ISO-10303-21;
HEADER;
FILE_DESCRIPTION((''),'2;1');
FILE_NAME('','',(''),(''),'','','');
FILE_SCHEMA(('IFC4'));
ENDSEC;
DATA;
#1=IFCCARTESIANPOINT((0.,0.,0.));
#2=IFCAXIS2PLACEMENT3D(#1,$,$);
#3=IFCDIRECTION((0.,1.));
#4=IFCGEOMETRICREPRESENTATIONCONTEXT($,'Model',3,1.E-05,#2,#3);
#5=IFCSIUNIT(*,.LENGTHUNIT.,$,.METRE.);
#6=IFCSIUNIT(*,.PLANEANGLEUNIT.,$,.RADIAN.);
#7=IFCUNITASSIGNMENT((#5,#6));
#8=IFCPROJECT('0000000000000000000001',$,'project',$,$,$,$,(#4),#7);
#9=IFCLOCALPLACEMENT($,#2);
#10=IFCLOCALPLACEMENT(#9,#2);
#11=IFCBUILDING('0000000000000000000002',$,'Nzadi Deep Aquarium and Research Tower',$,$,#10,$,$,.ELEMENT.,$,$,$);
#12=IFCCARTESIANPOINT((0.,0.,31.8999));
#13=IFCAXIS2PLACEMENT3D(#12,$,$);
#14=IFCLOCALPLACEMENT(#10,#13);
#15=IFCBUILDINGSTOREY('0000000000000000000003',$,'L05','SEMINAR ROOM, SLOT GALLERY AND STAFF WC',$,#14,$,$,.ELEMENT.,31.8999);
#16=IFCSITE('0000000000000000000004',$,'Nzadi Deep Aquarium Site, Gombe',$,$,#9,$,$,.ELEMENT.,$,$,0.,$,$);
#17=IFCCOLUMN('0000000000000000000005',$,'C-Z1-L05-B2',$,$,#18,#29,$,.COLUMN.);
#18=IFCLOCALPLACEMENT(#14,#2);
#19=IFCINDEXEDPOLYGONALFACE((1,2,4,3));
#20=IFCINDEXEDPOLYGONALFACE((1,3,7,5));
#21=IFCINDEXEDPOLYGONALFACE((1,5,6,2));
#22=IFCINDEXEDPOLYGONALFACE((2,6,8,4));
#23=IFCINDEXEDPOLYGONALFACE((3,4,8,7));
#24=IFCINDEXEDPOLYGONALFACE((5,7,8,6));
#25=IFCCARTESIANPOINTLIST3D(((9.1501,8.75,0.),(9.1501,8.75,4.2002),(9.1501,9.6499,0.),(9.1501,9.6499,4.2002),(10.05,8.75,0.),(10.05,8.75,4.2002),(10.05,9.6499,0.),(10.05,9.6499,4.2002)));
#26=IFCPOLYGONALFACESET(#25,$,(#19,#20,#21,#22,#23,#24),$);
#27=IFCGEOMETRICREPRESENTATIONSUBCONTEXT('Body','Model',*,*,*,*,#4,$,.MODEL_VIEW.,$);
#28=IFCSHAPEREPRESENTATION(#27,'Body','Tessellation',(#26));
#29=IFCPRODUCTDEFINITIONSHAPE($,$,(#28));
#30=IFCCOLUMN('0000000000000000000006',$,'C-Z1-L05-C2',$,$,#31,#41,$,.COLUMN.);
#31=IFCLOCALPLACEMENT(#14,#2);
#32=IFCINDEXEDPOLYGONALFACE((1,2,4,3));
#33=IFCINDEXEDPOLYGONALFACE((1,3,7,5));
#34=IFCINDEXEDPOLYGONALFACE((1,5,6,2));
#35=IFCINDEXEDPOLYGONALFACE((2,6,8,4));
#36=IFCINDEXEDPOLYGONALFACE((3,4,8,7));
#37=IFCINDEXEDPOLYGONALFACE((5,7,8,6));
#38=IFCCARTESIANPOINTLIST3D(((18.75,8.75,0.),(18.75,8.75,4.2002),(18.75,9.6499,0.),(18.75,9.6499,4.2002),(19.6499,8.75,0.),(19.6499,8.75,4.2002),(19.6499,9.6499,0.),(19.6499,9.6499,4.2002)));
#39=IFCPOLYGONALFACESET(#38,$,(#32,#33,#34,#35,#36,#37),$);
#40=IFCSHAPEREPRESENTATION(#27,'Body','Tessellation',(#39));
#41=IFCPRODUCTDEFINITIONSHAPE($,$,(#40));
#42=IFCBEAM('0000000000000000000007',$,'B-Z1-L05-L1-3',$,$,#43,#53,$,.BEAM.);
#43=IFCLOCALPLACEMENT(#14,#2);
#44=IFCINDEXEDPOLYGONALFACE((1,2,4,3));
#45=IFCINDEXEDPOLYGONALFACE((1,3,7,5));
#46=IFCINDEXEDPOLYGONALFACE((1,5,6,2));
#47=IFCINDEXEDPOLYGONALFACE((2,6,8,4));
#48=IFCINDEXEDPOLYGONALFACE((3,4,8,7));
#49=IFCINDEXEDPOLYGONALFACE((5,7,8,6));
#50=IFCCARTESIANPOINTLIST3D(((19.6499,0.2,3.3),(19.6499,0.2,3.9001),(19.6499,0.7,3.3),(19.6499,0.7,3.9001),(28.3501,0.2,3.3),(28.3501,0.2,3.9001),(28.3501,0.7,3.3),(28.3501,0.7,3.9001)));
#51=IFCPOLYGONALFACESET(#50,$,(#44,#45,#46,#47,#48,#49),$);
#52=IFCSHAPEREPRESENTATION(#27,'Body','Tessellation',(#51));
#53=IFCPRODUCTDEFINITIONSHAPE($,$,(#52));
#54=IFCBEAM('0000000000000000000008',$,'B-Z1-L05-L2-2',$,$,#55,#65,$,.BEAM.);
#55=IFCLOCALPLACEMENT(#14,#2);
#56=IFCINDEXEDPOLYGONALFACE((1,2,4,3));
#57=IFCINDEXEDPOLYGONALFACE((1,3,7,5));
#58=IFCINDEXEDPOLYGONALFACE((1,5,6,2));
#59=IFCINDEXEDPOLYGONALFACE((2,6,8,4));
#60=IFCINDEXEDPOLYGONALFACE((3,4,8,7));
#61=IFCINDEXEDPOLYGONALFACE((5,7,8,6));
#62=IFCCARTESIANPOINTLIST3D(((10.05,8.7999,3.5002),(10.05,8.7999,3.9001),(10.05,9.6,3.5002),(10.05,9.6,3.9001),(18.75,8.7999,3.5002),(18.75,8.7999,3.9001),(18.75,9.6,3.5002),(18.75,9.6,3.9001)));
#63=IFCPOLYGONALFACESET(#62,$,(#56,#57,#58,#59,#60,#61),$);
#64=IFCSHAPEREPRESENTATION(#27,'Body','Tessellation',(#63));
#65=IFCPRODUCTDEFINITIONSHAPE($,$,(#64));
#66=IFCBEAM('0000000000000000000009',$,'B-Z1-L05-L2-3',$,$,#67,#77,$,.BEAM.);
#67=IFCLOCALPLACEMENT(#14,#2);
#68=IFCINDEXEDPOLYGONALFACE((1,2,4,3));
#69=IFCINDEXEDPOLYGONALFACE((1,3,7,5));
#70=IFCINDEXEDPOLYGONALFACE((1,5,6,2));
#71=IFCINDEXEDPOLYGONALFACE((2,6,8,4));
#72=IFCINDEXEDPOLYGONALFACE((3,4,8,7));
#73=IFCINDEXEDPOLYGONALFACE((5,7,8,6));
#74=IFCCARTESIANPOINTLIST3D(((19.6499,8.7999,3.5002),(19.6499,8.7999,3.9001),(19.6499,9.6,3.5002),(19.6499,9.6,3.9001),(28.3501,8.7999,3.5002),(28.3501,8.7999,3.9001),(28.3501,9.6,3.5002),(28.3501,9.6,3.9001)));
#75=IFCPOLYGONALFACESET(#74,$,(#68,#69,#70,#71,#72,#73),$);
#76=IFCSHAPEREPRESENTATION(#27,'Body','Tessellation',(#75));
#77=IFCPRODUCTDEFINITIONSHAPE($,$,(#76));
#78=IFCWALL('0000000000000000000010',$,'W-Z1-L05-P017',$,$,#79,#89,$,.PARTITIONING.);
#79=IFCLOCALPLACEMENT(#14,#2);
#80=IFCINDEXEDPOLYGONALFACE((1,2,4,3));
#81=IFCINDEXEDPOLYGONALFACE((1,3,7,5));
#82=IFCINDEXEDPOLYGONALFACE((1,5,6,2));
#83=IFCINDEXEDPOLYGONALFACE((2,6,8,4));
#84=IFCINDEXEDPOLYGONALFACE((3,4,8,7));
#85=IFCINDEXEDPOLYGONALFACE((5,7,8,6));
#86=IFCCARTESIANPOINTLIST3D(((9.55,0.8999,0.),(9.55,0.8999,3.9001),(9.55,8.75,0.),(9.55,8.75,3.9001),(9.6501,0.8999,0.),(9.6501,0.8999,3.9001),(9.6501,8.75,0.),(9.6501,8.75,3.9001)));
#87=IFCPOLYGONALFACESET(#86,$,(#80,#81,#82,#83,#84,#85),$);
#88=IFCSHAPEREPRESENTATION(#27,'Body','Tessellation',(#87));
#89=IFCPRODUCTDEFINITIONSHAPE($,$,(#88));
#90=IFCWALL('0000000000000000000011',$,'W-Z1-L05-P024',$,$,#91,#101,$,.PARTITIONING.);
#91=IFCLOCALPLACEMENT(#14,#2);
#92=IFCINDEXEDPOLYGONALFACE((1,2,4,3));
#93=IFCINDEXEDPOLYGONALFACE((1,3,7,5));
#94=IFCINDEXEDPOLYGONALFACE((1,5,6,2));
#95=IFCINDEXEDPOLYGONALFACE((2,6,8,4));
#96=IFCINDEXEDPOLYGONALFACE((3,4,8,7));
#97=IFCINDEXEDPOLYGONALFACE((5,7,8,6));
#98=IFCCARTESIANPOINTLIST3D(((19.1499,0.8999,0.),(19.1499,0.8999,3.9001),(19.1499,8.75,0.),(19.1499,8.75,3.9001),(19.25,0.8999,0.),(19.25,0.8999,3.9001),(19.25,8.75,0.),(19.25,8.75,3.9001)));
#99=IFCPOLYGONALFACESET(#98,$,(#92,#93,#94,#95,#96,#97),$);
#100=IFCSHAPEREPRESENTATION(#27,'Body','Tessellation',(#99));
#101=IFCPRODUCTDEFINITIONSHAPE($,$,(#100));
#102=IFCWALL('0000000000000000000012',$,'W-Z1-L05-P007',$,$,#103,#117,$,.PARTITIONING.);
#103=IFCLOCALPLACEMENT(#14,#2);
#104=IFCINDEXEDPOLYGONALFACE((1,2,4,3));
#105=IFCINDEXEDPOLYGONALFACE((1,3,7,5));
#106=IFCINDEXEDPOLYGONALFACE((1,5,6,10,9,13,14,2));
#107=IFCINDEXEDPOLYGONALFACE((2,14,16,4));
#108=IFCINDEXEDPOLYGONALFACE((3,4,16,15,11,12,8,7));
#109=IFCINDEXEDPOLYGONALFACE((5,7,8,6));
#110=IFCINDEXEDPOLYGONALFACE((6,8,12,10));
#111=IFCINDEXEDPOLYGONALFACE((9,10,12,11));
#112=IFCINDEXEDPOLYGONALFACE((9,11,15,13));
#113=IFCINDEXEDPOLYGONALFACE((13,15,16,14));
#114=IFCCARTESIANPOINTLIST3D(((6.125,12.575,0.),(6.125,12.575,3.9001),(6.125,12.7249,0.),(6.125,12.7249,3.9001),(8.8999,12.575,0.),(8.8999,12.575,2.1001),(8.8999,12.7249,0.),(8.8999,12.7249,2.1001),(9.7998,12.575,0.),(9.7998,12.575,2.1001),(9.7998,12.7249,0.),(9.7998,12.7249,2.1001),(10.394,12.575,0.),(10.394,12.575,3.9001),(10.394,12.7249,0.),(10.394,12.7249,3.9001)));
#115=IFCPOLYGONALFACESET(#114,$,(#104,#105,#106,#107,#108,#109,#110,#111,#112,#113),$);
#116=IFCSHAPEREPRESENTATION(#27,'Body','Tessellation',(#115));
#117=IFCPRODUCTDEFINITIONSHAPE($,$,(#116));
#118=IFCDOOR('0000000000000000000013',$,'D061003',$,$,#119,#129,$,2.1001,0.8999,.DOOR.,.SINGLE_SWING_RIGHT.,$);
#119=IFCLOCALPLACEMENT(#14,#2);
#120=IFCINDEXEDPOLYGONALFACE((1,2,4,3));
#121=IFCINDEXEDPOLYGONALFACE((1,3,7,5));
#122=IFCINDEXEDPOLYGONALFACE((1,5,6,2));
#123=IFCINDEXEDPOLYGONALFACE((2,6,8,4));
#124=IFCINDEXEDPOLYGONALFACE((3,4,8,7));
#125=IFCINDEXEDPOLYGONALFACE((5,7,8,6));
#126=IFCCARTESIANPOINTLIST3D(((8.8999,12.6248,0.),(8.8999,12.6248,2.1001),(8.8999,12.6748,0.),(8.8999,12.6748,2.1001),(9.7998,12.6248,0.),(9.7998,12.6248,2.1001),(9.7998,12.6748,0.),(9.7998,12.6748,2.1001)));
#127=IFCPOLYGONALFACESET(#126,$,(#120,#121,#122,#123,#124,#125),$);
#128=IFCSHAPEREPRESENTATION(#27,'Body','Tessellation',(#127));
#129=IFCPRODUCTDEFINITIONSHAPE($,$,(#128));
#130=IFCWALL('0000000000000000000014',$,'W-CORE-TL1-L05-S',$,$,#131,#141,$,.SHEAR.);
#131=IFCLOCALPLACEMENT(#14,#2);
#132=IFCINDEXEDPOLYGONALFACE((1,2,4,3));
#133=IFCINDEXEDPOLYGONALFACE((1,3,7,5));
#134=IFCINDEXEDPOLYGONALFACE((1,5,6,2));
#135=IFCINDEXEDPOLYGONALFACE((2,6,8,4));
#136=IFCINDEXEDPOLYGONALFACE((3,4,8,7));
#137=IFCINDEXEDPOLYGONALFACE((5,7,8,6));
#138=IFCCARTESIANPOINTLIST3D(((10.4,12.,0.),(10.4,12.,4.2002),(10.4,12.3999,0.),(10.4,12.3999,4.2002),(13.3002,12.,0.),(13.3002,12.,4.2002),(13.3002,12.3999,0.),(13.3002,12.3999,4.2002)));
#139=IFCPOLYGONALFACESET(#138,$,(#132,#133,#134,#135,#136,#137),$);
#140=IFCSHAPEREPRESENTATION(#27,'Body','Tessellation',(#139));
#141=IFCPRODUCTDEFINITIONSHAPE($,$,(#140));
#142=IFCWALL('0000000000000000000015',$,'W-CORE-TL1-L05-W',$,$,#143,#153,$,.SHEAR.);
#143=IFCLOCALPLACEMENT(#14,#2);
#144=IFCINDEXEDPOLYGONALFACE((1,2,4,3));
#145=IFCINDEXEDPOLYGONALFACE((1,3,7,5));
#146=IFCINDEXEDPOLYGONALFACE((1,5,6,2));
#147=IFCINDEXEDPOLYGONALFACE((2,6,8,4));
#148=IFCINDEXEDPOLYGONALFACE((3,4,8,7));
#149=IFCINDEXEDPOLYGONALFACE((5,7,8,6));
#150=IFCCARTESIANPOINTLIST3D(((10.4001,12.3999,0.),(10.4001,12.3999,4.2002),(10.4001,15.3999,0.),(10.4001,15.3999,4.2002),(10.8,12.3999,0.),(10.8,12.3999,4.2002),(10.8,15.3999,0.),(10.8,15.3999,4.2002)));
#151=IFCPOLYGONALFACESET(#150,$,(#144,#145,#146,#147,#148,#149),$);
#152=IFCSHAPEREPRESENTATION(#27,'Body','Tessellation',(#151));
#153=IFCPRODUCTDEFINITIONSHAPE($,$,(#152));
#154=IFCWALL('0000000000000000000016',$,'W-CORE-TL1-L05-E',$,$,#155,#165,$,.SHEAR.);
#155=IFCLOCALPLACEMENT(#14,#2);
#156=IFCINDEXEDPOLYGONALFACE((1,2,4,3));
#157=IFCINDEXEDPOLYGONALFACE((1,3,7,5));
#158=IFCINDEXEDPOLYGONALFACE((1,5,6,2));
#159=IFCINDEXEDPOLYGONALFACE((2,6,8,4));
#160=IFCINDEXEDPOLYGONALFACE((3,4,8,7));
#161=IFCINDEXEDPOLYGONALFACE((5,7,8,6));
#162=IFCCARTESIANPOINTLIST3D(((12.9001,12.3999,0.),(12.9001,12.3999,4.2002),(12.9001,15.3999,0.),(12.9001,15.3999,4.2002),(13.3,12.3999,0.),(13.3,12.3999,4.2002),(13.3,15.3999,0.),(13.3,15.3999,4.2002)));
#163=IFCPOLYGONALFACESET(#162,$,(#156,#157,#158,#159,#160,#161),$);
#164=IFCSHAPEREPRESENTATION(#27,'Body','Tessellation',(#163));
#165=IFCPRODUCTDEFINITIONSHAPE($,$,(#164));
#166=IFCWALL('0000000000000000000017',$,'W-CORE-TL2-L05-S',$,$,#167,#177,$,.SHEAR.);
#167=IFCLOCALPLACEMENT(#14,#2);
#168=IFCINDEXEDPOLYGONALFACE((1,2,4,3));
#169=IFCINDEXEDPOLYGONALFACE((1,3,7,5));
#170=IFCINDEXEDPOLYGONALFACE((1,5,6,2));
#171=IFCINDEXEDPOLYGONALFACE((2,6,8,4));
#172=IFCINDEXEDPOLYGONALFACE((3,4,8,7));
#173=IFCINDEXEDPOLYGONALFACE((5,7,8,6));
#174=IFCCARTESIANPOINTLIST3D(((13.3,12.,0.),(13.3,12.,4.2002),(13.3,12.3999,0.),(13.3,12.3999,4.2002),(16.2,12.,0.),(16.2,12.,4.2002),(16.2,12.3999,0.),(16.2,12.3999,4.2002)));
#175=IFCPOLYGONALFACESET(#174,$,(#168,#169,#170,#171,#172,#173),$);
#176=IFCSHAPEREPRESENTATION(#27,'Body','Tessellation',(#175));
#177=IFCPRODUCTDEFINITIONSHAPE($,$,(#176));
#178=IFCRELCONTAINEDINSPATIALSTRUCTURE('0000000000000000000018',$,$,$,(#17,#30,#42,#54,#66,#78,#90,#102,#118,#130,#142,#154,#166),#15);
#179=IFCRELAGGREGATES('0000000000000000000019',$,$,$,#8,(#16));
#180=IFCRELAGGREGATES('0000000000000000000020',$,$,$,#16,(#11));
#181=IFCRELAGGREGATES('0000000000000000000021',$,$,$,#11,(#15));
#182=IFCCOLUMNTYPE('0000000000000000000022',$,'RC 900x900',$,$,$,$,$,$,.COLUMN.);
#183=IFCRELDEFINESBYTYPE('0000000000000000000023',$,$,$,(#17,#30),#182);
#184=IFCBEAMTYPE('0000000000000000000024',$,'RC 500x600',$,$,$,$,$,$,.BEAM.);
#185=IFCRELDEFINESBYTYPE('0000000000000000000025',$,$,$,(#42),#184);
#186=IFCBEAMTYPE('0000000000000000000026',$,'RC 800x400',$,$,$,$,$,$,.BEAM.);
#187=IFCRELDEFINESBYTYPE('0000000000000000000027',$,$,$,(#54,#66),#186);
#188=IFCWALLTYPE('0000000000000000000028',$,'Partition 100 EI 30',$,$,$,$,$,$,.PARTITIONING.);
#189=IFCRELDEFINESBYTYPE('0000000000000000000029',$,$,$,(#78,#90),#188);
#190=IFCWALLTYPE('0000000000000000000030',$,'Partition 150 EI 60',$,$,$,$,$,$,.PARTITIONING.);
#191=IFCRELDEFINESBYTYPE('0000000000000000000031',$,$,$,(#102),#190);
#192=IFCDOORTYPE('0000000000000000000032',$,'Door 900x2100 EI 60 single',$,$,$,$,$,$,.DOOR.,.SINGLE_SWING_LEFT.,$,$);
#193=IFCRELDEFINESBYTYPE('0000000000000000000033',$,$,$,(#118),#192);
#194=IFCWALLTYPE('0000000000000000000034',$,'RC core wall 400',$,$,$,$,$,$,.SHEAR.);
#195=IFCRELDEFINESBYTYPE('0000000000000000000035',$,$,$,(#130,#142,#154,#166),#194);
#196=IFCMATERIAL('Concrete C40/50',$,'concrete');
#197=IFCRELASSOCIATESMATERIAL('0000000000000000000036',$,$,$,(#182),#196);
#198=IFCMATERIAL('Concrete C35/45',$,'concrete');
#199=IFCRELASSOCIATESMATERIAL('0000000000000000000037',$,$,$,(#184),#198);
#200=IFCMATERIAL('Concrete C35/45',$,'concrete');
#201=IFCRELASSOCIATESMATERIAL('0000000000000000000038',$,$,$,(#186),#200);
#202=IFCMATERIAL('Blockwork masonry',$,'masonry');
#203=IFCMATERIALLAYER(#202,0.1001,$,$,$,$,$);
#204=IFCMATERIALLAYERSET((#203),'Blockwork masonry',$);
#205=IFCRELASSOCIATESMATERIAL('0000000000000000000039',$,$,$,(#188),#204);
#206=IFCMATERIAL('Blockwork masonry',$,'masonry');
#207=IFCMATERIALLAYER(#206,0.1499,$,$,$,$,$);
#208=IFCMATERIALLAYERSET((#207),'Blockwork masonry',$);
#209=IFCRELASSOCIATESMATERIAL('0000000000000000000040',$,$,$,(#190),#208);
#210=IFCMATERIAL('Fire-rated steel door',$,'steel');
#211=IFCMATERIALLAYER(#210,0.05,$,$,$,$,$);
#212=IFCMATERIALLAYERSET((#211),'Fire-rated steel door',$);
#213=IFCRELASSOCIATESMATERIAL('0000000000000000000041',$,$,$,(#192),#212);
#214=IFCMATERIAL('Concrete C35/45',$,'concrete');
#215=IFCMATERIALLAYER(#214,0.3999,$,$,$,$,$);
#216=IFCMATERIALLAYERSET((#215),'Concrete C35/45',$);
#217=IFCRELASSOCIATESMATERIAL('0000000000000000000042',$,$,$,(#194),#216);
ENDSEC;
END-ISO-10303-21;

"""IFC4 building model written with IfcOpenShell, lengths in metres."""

from ifc_helpers import new_model, si_unit, direction, frame, frame_2d, origin, origin_2d, place, context, subcontext, project, spatial, rectangle, extrude, material, layer, layer_set, material_profile, profile_set, type_object, element, fill, save


model = new_model("IFC4")

# Units and contexts
model_context = context("Model", 3, precision=1e-05, world=origin(), true_north=direction((0.0, 1.0)))
body_context = subcontext(model_context, "Body", "Model", "MODEL_VIEW")
ifc_project = project(units=[si_unit("LENGTHUNIT", "METRE"), si_unit("PLANEANGLEUNIT", "RADIAN")], contexts=[model_context])

# Site, building, storey
site_placement = place(None, origin())
site = spatial("IfcSite", under=ifc_project, at=site_placement, Name="Nzadi Deep Aquarium Site, Gombe", CompositionType="ELEMENT", RefElevation=0.0)
building_placement = place(site_placement, origin())
building = spatial("IfcBuilding", under=site, at=building_placement, Name="Nzadi Deep Aquarium and Research Tower", CompositionType="ELEMENT")
storey_placement = place(building_placement, frame((0.0, 0.0, 31.8999)))
storey = spatial("IfcBuildingStorey", under=building, at=storey_placement, Name="L05", Description="SEMINAR ROOM, SLOT GALLERY AND STAFF WC", CompositionType="ELEMENT", Elevation=31.8999)

# Columns
ifc_material_1 = material(Name="Concrete C40/50", Category="concrete")
ifc_material_profile_1 = material_profile(ifc_material_1, rectangle(XDim=0.8999, YDim=0.8999, at=origin_2d()))
ifc_profile_set_1 = profile_set([ifc_material_profile_1], Name="Concrete C40/50")
column_type = type_object("IfcColumnType", Name="RC 900x900", PredefinedType="COLUMN", material=ifc_profile_set_1)
for number, where, z_axis, x_axis, name in (
    (1, (9.6001, 9.2, 0.0), (0.0, 0.0, 1.0), (1.0, 0.0, 0.0), "C-Z1-L05-B2"),
    (2, (19.2, 9.2, 0.0), (0.0, 0.0, 1.0), (1.0, 0.0, 0.0), "C-Z1-L05-C2"),
):
    element("IfcColumn", number, at=place(storey_placement, frame(where, z_axis=z_axis, x_axis=x_axis)), inside=storey, type_object=column_type, Name=name, PredefinedType="COLUMN", context=body_context, shape_type="SweptSolid", body=[
        extrude(rectangle(XDim=0.8999, YDim=0.8999, at=origin_2d()), origin(), (0.0, 0.0, 1.0), 4.2002),
    ])

# Beams
ifc_material_2 = material(Name="Concrete C35/45", Category="concrete")
ifc_material_profile_2 = material_profile(ifc_material_2, rectangle(XDim=0.5, YDim=0.6001, at=origin_2d()))
ifc_profile_set_2 = profile_set([ifc_material_profile_2], Name="Concrete C35/45")
beam_type_1 = type_object("IfcBeamType", Name="RC 500x600", PredefinedType="BEAM", material=ifc_profile_set_2)
beam_1_placement = place(storey_placement, frame((19.6499, 0.45, 3.6001), z_axis=(1.0, 0.0, 0.0), x_axis=(0.0, 1.0, 0.0)))
element("IfcBeam", 3, at=beam_1_placement, inside=storey, type_object=beam_type_1, Name="B-Z1-L05-L1-3", PredefinedType="BEAM", context=body_context, shape_type="SweptSolid", body=[
    extrude(rectangle(XDim=0.5, YDim=0.6001, at=origin_2d()), origin(), (0.0, 0.0, 1.0), 8.7002),
])
ifc_material_3 = material(Name="Concrete C35/45", Category="concrete")
ifc_material_profile_3 = material_profile(ifc_material_3, rectangle(XDim=0.8, YDim=0.3999, at=origin_2d()))
ifc_profile_set_3 = profile_set([ifc_material_profile_3], Name="Concrete C35/45")
beam_type_2 = type_object("IfcBeamType", Name="RC 800x400", PredefinedType="BEAM", material=ifc_profile_set_3)
beam_2_placement = place(storey_placement, frame((10.05, 9.2, 3.7002), z_axis=(1.0, 0.0, 0.0), x_axis=(0.0, 1.0, 0.0)))
element("IfcBeam", 4, at=beam_2_placement, inside=storey, type_object=beam_type_2, Name="B-Z1-L05-L2-2", PredefinedType="BEAM", context=body_context, shape_type="SweptSolid", body=[
    extrude(rectangle(XDim=0.8, YDim=0.3999, at=origin_2d()), origin(), (0.0, 0.0, 1.0), 8.7),
])
beam_3_placement = place(storey_placement, frame((19.6499, 9.2, 3.7002), z_axis=(1.0, 0.0, 0.0), x_axis=(0.0, 1.0, 0.0)))
element("IfcBeam", 5, at=beam_3_placement, inside=storey, type_object=beam_type_2, Name="B-Z1-L05-L2-3", PredefinedType="BEAM", context=body_context, shape_type="SweptSolid", body=[
    extrude(rectangle(XDim=0.8, YDim=0.3999, at=origin_2d()), origin(), (0.0, 0.0, 1.0), 8.7002),
])

# Walls
ifc_material_4 = material(Name="Blockwork masonry", Category="masonry")
ifc_layer_1 = layer(ifc_material_4, 0.1001)
ifc_layer_set_1 = layer_set([ifc_layer_1], Name="Blockwork masonry")
wall_type_1 = type_object("IfcWallType", Name="Partition 100 EI 30", PredefinedType="PARTITIONING", material=ifc_layer_set_1)
for number, where, z_axis, x_axis, name in (
    (6, (9.6001, 0.8999, 0.0), (0.0, 0.0, 1.0), (0.0, 1.0, 0.0), "W-Z1-L05-P017"),
    (7, (19.2, 0.8999, 0.0), (0.0, 0.0, 1.0), (0.0, 1.0, 0.0), "W-Z1-L05-P024"),
):
    element("IfcWall", number, at=place(storey_placement, frame(where, z_axis=z_axis, x_axis=x_axis)), inside=storey, type_object=wall_type_1, Name=name, PredefinedType="PARTITIONING", context=body_context, shape_type="SweptSolid", body=[
        extrude(rectangle(XDim=7.8501, YDim=0.1001, at=frame_2d((3.925, 0.0))), origin(), (0.0, 0.0, 1.0), 3.9001),
    ])

# Wall, opening, door
ifc_material_5 = material(Name="Blockwork masonry", Category="masonry")
ifc_layer_2 = layer(ifc_material_5, 0.1499)
ifc_layer_set_2 = layer_set([ifc_layer_2], Name="Blockwork masonry")
wall_type_2 = type_object("IfcWallType", Name="Partition 150 EI 60", PredefinedType="PARTITIONING", material=ifc_layer_set_2)
wall_1_placement = place(storey_placement, frame((6.125, 12.6499, 0.0), z_axis=(0.0, 0.0, 1.0), x_axis=(1.0, 0.0, 0.0)))
wall_1 = element("IfcWall", 8, at=wall_1_placement, inside=storey, type_object=wall_type_2, Name="W-Z1-L05-P007", PredefinedType="PARTITIONING", context=body_context, shape_type="SweptSolid", body=[
    extrude(rectangle(XDim=4.269, YDim=0.1499, at=frame_2d((2.1345, 0.0))), origin(), (0.0, 0.0, 1.0), 3.9001),
])
opening_placement = place(wall_1_placement, frame((2.7749, 0.0, 0.0)))
opening = element("IfcOpeningElement", 9, at=opening_placement, cuts=wall_1, PredefinedType="OPENING", context=body_context, shape_type="SweptSolid", body=[
    extrude(rectangle(XDim=0.8999, YDim=2.1001, at=frame_2d((0.45, 1.05))), frame((0.0, 0.085, 0.0), z_axis=(0.0, -1.0, 0.0), x_axis=(1.0, 0.0, 0.0)), (0.0, 0.0, 1.0), 0.1699),
])
ifc_material_6 = material(Name="Fire-rated steel door", Category="steel")
ifc_layer_3 = layer(ifc_material_6, 0.05)
ifc_layer_set_3 = layer_set([ifc_layer_3], Name="Fire-rated steel door")
door_type = type_object("IfcDoorType", Name="Door 900x2100 EI 60 single", OperationType="SINGLE_SWING_LEFT", PredefinedType="DOOR", material=ifc_layer_set_3)
door_placement = place(opening_placement, origin())
door = element("IfcDoor", 10, at=door_placement, inside=storey, type_object=door_type, Name="D061003", OperationType="SINGLE_SWING_RIGHT", OverallHeight=2.1001, OverallWidth=0.8999, PredefinedType="DOOR", context=body_context, shape_type="SweptSolid", body=[
    extrude(rectangle(XDim=0.8999, YDim=2.1001, at=frame_2d((0.45, 1.05))), frame((0.0, 0.0249, 0.0), z_axis=(0.0, -1.0, 0.0), x_axis=(1.0, 0.0, 0.0)), (0.0, 0.0, 1.0), 0.05),
])
fill(opening, door)

# Walls
ifc_material_7 = material(Name="Concrete C35/45", Category="concrete")
ifc_layer_4 = layer(ifc_material_7, 0.3999)
ifc_layer_set_4 = layer_set([ifc_layer_4], Name="Concrete C35/45")
wall_type_3 = type_object("IfcWallType", Name="RC core wall 400", PredefinedType="SHEAR", material=ifc_layer_set_4)
wall_2_placement = place(storey_placement, frame((10.3999, 12.2, 0.0), z_axis=(0.0, 0.0, 1.0), x_axis=(1.0, 0.0, 0.0)))
element("IfcWall", 11, at=wall_2_placement, inside=storey, type_object=wall_type_3, Name="W-CORE-TL1-L05-S", PredefinedType="SHEAR", context=body_context, shape_type="SweptSolid", body=[
    extrude(rectangle(XDim=2.9001, YDim=0.3999, at=frame_2d((1.4502, 0.0))), origin(), (0.0, 0.0, 1.0), 4.2002),
])
for number, where, z_axis, x_axis, name in (
    (12, (10.6001, 12.3999, 0.0), (0.0, 0.0, 1.0), (0.0, 1.0, 0.0), "W-CORE-TL1-L05-W"),
    (13, (13.1001, 12.3999, 0.0), (0.0, 0.0, 1.0), (0.0, 1.0, 0.0), "W-CORE-TL1-L05-E"),
):
    element("IfcWall", number, at=place(storey_placement, frame(where, z_axis=z_axis, x_axis=x_axis)), inside=storey, type_object=wall_type_3, Name=name, PredefinedType="SHEAR", context=body_context, shape_type="SweptSolid", body=[
        extrude(rectangle(XDim=3.0, YDim=0.3999, at=frame_2d((1.5, 0.0))), origin(), (0.0, 0.0, 1.0), 4.2002),
    ])
wall_3_placement = place(storey_placement, frame((13.3, 12.2, 0.0), z_axis=(0.0, 0.0, 1.0), x_axis=(1.0, 0.0, 0.0)))
element("IfcWall", 14, at=wall_3_placement, inside=storey, type_object=wall_type_3, Name="W-CORE-TL2-L05-S", PredefinedType="SHEAR", context=body_context, shape_type="SweptSolid", body=[
    extrude(rectangle(XDim=2.8999, YDim=0.3999, at=frame_2d((1.45, 0.0))), origin(), (0.0, 0.0, 1.0), 4.2002),
])

save(model, "model.ifc")
